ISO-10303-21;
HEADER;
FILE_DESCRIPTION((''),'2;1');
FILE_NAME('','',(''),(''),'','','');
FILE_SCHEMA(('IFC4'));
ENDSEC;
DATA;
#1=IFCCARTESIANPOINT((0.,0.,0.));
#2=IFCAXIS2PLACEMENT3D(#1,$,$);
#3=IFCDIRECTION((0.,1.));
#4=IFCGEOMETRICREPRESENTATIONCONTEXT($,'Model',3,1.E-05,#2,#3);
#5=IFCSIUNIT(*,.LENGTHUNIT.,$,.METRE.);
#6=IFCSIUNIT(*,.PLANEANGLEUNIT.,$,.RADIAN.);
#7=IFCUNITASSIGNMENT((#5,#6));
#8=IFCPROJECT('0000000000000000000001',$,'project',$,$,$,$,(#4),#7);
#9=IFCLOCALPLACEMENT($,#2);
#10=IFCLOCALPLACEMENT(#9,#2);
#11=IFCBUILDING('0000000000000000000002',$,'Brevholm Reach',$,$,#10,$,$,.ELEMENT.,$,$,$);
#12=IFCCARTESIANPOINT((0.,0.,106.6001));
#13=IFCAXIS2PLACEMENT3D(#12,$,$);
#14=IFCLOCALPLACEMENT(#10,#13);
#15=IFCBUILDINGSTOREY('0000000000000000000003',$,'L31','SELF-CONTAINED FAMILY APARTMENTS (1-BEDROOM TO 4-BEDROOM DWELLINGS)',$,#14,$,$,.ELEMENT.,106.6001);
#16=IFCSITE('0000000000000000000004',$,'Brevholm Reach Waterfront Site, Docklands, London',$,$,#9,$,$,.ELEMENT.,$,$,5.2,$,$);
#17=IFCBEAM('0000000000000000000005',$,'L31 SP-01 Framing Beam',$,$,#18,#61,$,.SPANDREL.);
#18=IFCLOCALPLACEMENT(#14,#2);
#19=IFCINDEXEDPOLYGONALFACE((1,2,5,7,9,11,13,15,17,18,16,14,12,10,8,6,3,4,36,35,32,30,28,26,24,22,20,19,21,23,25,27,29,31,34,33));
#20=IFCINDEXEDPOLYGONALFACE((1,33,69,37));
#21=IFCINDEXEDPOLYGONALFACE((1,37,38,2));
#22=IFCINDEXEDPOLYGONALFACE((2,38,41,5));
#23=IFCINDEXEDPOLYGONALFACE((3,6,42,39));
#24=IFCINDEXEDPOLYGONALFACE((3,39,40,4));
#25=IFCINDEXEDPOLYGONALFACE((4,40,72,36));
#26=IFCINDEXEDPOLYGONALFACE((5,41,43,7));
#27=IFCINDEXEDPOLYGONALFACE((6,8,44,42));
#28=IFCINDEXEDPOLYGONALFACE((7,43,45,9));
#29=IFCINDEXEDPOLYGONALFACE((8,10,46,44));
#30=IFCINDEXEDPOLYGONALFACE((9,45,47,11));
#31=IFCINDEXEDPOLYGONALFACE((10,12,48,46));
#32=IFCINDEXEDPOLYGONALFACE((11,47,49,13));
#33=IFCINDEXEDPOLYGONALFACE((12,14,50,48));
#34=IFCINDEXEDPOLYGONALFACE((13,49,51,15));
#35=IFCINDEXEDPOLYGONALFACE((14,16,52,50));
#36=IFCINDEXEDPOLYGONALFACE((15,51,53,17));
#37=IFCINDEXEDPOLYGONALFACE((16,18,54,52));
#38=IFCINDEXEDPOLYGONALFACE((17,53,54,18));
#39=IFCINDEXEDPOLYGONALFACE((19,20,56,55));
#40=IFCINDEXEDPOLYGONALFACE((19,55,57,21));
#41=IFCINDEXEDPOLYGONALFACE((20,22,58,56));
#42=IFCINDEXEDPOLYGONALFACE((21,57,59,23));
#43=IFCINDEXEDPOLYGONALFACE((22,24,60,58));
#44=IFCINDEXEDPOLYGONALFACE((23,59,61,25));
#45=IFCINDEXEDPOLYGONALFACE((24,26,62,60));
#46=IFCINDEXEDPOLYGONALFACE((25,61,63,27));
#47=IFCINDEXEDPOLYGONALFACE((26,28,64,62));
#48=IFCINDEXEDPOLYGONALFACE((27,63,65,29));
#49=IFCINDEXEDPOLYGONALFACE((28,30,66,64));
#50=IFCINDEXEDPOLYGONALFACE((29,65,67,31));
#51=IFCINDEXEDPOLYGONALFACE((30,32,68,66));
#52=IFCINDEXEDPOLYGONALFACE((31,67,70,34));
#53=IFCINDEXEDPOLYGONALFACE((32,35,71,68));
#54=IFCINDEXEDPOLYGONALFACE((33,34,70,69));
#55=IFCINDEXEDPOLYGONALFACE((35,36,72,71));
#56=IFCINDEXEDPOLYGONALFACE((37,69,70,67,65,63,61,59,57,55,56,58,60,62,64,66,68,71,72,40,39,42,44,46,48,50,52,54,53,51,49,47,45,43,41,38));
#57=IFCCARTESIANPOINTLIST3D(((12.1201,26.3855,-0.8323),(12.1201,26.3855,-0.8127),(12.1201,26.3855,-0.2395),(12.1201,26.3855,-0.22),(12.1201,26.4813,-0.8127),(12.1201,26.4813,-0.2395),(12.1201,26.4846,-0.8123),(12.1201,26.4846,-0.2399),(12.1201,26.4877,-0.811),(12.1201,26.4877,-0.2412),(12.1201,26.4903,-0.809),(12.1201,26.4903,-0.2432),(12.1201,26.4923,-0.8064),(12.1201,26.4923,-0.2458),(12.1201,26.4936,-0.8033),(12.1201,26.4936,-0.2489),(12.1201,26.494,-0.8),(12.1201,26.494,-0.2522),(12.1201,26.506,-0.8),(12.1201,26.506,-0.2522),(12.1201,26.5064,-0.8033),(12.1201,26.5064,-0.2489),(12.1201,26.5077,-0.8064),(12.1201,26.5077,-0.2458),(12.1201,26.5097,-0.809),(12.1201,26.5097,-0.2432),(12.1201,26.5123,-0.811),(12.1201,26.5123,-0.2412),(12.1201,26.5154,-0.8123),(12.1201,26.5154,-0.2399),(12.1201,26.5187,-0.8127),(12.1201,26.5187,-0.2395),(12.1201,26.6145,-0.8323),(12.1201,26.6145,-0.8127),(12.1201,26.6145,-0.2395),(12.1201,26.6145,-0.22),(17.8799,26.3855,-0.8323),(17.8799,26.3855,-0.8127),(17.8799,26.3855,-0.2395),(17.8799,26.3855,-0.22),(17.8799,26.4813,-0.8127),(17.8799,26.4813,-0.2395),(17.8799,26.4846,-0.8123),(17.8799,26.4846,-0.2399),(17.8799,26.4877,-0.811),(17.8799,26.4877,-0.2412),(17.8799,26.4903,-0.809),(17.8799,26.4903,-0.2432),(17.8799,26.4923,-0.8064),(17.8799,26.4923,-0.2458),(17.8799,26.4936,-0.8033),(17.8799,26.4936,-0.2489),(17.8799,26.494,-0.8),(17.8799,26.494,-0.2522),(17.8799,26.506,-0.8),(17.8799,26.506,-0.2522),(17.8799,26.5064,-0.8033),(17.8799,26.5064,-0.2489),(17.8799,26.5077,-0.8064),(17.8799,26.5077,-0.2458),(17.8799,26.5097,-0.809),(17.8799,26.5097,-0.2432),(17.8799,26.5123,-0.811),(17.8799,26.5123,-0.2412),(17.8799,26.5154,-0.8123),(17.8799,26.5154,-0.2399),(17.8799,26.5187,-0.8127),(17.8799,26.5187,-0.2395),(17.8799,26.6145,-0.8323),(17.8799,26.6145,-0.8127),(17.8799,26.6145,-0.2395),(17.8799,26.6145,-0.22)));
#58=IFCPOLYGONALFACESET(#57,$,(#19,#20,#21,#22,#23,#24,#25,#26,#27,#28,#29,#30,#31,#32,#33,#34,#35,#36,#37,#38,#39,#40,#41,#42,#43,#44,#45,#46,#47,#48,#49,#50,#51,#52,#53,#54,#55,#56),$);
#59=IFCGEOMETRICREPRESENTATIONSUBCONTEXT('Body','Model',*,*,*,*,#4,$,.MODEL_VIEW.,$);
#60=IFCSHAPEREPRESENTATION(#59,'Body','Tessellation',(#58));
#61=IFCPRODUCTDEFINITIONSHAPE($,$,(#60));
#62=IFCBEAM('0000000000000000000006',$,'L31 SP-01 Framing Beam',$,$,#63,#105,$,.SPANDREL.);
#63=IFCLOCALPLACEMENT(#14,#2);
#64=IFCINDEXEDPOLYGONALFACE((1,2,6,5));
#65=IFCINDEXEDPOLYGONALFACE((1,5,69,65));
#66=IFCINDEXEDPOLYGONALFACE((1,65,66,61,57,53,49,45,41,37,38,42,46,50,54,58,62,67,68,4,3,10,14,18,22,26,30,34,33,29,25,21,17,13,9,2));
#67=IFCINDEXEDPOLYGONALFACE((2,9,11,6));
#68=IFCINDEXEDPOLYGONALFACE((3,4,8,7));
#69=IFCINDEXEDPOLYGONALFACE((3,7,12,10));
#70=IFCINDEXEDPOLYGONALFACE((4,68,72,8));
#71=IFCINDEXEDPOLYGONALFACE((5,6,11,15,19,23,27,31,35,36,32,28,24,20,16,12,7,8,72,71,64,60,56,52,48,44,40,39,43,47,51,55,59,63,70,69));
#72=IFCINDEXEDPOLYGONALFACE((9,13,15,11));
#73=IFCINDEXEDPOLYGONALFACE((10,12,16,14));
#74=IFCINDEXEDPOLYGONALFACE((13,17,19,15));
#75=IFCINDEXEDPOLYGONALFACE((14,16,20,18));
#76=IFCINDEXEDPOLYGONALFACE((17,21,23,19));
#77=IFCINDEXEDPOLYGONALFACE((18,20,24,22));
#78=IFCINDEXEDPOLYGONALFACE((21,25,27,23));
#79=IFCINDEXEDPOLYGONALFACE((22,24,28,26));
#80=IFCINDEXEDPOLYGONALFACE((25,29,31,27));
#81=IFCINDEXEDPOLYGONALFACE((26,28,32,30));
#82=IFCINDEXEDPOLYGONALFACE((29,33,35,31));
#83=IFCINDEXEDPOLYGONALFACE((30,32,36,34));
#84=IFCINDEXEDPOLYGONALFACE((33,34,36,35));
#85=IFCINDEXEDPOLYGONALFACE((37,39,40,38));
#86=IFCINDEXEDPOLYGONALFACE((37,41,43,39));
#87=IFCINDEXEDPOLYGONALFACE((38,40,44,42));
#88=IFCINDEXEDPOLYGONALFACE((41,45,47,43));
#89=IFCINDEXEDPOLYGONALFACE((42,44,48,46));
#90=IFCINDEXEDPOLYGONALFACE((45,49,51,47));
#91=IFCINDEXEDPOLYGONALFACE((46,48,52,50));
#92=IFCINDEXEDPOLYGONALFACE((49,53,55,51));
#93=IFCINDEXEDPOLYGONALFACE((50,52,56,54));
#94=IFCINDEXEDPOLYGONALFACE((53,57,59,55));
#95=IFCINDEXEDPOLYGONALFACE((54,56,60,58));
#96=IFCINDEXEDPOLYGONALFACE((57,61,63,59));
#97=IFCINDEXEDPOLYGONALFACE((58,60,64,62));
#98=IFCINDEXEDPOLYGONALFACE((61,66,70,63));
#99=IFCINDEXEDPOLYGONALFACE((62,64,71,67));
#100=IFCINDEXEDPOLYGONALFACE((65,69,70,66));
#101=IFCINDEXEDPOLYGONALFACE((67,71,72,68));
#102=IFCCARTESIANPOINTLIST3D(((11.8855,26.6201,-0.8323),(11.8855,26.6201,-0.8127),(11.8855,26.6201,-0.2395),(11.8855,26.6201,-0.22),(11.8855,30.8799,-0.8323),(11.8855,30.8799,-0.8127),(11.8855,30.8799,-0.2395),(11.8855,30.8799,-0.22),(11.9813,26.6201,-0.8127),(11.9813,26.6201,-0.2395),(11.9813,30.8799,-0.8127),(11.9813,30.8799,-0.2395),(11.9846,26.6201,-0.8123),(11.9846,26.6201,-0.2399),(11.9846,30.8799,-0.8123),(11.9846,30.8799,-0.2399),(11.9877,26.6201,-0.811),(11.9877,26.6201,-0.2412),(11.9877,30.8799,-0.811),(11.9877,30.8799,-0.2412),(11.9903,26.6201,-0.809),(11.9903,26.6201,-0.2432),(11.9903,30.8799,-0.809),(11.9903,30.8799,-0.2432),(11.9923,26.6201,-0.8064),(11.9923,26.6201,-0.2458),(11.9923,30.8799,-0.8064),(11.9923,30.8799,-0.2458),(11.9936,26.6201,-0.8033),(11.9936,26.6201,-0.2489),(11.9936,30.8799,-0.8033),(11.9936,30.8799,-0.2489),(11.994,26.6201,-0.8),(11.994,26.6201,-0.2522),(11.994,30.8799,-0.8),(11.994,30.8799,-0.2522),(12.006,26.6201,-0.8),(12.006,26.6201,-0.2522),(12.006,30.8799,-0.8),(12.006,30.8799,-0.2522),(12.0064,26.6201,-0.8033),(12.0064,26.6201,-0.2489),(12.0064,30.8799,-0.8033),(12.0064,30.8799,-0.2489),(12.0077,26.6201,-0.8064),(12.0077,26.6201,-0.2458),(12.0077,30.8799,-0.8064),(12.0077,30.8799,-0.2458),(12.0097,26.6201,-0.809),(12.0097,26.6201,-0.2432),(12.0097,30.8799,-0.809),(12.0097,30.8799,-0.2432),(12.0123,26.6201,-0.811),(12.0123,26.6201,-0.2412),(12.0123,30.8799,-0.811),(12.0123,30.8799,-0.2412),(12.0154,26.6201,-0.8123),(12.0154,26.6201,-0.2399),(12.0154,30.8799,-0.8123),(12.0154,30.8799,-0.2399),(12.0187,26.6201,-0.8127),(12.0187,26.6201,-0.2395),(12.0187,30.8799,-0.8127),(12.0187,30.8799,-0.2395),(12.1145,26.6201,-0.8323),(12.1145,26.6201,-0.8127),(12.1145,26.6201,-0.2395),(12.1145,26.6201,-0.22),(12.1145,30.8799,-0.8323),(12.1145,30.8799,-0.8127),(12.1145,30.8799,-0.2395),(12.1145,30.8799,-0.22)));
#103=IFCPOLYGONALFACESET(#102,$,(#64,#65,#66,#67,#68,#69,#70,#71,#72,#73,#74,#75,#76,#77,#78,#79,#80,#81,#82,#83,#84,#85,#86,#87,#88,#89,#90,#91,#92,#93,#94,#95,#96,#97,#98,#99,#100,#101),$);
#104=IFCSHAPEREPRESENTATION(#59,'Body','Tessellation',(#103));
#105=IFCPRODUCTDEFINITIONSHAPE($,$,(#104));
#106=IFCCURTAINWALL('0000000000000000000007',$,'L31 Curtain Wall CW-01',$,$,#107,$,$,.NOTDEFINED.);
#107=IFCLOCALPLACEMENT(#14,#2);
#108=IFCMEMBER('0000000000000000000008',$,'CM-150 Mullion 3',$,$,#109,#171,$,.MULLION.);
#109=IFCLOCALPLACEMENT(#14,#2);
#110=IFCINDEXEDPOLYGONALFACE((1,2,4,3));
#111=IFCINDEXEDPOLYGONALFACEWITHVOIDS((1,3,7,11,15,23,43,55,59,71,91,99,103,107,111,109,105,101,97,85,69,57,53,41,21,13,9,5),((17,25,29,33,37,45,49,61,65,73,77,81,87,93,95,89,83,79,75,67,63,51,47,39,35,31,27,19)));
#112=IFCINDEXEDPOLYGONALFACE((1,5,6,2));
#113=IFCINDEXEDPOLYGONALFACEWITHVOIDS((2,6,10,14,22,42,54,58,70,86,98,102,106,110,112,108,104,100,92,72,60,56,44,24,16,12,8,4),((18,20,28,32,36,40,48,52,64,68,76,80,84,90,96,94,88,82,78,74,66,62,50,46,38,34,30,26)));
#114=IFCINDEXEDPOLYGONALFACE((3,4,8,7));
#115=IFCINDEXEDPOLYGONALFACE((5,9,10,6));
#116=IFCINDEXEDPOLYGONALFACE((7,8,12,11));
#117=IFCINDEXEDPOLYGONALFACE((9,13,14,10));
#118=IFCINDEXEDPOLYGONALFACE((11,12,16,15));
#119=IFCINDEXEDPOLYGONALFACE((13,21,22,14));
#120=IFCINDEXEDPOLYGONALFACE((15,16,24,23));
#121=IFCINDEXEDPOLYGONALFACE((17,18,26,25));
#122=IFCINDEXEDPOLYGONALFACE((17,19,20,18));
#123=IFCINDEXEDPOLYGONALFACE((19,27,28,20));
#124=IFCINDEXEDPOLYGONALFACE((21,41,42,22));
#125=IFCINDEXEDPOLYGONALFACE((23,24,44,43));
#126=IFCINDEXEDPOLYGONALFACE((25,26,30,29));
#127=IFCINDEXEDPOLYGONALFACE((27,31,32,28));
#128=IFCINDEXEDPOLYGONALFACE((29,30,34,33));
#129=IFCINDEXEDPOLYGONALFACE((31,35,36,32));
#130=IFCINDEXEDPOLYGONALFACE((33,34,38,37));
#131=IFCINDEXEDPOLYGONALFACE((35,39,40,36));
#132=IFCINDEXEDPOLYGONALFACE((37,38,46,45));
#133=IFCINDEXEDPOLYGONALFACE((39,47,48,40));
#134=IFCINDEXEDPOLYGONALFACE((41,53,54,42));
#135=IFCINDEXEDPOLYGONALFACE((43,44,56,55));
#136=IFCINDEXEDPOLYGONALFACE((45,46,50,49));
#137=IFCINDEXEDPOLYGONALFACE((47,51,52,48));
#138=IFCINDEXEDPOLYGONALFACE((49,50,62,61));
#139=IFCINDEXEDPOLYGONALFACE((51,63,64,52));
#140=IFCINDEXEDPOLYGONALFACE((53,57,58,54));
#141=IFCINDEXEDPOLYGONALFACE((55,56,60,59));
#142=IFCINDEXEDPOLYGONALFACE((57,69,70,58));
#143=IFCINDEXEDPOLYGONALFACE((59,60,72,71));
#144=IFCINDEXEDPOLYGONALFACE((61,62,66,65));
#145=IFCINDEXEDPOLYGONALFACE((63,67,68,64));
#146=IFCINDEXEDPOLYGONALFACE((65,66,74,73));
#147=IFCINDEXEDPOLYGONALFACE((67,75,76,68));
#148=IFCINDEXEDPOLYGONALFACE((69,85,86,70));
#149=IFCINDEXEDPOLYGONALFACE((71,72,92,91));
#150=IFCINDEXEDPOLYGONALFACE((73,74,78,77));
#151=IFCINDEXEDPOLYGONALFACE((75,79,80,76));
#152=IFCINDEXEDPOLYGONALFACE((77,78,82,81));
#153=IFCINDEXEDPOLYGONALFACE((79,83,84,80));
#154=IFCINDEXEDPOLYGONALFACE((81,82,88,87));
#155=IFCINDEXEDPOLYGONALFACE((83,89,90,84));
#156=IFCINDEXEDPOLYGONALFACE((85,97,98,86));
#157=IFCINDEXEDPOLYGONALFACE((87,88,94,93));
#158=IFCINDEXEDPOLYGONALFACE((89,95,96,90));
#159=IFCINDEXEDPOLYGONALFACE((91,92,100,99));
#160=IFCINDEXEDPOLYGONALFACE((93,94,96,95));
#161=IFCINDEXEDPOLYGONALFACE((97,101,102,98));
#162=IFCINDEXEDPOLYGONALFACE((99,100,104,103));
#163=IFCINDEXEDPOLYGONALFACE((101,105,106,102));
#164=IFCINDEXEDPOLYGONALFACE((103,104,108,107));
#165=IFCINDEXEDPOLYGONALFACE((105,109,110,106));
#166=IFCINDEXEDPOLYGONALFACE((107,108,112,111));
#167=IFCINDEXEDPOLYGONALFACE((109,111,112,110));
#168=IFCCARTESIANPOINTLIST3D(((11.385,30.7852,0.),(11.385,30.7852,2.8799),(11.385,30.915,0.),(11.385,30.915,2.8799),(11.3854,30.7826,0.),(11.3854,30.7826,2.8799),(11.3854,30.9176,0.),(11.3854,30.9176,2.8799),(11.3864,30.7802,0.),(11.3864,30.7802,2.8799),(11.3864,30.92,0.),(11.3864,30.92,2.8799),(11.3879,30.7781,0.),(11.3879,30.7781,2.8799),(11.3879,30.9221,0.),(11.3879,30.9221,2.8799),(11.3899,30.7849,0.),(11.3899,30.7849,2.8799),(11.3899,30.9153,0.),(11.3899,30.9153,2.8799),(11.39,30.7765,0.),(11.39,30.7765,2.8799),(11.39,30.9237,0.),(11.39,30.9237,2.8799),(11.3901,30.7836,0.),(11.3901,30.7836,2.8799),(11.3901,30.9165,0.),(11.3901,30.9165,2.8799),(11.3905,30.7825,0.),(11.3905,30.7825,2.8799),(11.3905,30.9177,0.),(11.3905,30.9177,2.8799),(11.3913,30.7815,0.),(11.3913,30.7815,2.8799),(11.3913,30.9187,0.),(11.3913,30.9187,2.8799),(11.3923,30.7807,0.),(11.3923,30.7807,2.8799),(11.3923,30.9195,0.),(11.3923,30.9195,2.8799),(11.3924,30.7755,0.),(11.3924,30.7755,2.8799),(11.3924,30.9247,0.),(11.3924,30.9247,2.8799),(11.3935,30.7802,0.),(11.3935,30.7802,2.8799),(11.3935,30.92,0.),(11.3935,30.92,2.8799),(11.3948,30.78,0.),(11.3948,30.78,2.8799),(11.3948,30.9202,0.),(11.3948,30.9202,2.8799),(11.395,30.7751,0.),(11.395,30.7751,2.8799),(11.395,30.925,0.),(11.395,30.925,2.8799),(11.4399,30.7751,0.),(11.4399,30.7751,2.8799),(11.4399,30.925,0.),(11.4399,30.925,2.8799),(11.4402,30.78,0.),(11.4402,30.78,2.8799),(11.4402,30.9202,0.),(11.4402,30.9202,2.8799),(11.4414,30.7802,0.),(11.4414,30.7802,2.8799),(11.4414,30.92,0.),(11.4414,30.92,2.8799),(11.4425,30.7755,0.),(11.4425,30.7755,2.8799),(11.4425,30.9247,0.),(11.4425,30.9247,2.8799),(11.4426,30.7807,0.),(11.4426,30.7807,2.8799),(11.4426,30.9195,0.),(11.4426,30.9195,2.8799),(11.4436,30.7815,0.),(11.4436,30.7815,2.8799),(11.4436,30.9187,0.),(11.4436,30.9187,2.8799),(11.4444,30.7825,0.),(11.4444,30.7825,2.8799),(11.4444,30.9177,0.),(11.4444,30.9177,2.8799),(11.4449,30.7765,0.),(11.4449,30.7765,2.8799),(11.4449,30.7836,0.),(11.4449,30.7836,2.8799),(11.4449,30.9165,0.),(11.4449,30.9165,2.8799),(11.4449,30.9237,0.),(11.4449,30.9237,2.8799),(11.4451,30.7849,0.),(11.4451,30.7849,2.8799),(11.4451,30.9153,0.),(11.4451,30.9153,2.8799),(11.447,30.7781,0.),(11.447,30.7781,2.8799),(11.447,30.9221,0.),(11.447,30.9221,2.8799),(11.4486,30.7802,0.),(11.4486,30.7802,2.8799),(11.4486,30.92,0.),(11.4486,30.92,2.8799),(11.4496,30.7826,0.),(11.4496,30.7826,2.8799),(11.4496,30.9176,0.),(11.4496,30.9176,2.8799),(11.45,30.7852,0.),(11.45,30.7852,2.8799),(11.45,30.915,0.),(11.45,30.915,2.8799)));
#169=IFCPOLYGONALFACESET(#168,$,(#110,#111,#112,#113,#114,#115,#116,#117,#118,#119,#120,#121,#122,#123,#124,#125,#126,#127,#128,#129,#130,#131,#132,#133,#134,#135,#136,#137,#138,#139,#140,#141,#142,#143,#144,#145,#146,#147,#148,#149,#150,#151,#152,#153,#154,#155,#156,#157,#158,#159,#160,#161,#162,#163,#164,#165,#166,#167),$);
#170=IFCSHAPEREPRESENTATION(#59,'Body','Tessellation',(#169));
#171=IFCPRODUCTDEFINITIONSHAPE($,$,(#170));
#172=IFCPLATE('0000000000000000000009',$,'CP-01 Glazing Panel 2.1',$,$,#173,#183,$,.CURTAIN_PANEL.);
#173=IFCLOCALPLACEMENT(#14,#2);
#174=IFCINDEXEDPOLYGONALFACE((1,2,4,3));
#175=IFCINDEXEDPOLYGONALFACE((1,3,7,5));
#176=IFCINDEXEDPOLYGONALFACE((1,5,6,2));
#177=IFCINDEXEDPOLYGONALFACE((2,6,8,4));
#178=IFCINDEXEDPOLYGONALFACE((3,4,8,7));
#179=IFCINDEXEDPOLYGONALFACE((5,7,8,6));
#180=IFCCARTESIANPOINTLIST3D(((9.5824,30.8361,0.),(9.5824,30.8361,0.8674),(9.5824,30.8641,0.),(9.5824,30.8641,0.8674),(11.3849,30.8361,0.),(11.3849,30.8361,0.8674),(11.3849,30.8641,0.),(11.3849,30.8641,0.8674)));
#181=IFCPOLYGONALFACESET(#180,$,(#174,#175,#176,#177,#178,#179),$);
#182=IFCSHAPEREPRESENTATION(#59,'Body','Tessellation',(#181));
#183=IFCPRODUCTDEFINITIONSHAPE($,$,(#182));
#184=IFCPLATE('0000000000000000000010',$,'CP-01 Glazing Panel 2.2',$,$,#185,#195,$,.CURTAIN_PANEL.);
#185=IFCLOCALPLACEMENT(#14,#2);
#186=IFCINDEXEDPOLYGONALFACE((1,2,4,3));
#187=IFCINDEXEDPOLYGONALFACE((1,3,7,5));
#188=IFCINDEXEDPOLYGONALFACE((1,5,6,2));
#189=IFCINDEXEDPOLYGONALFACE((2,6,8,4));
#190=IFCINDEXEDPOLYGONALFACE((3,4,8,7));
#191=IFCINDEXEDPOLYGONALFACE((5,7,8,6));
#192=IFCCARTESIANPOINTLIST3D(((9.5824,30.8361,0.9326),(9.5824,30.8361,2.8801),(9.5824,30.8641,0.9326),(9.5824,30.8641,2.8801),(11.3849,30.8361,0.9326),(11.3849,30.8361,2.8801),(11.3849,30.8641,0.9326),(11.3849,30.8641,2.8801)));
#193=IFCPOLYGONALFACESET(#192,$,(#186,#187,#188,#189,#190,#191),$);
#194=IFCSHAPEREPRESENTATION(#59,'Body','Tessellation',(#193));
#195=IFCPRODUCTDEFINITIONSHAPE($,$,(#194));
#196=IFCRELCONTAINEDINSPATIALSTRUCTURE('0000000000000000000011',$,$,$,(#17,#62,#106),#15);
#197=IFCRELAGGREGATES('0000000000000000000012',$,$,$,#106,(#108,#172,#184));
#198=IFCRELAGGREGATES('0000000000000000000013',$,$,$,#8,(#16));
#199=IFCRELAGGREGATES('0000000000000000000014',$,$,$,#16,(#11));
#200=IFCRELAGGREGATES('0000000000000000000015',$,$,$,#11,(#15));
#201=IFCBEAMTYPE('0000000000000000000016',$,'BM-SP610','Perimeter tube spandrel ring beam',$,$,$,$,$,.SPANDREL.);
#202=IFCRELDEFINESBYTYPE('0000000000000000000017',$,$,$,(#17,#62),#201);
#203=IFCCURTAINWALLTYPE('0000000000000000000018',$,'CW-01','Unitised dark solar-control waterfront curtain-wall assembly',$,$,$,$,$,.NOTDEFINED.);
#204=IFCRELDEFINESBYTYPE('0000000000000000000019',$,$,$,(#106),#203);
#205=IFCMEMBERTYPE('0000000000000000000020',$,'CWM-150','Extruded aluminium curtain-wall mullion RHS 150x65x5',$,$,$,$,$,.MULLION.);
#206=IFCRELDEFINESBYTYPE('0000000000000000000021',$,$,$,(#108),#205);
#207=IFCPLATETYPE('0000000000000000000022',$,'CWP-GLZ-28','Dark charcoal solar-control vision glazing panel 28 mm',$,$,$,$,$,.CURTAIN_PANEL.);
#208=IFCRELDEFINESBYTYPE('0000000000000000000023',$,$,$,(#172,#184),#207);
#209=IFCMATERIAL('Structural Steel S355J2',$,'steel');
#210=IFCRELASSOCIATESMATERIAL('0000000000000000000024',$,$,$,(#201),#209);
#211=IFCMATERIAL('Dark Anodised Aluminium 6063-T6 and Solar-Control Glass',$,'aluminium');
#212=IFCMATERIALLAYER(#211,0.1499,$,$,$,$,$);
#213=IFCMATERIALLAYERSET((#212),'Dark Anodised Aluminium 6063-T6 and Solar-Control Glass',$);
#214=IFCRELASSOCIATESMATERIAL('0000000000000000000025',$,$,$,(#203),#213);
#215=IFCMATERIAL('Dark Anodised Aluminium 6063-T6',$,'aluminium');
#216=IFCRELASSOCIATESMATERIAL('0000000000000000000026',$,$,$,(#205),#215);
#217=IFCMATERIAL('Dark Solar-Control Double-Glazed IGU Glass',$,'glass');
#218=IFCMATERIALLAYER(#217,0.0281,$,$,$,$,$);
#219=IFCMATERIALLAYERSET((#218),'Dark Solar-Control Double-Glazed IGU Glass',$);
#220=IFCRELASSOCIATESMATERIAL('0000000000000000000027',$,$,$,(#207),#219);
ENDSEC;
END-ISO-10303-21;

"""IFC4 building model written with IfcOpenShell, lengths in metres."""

from ifc_helpers import new_model, si_unit, direction, frame, origin, origin_2d, place, context, subcontext, project, spatial, rectangle, hollow_rectangle, i_section, extrude, material, layer, layer_set, material_profile, profile_set, type_object, element, aggregate, save


model = new_model("IFC4")

# Units and contexts
model_context = context("Model", 3, precision=1e-05, world=origin(), true_north=direction((0.0, 1.0)))
body_context = subcontext(model_context, "Body", "Model", "MODEL_VIEW")
ifc_project = project(units=[si_unit("LENGTHUNIT", "METRE"), si_unit("PLANEANGLEUNIT", "RADIAN")], contexts=[model_context])

# Site, building, storey
site_placement = place(None, origin())
site = spatial("IfcSite", under=ifc_project, at=site_placement, Name="Brevholm Reach Waterfront Site, Docklands, London", CompositionType="ELEMENT", RefElevation=5.2)
building_placement = place(site_placement, origin())
building = spatial("IfcBuilding", under=site, at=building_placement, Name="Brevholm Reach", CompositionType="ELEMENT")
storey_placement = place(building_placement, frame((0.0, 0.0, 106.6001)))
storey = spatial("IfcBuildingStorey", under=building, at=storey_placement, Name="L31", Description="SELF-CONTAINED FAMILY APARTMENTS (1-BEDROOM TO 4-BEDROOM DWELLINGS)", CompositionType="ELEMENT", Elevation=106.6001)

# Beams
ifc_material_1 = material(Name="Structural Steel S355J2", Category="steel")
ifc_material_profile_1 = material_profile(ifc_material_1, i_section(OverallWidth=0.229, OverallDepth=0.6123, WebThickness=0.012, FlangeThickness=0.0195, FilletRadius=0.0127, at=origin_2d()), Name="UKB 610x229x125")
ifc_profile_set_1 = profile_set([ifc_material_profile_1], Name="Structural Steel S355J2")
beam_type_1 = type_object("IfcBeamType", Name="BM-SP610", Description="Perimeter tube spandrel ring beam", PredefinedType="SPANDREL", material=ifc_profile_set_1)
beam_1_placement = place(storey_placement, frame((12.1201, 26.5, -0.5261), z_axis=(1.0, 0.0, 0.0), x_axis=(0.0, 1.0, 0.0)))
element("IfcBeam", 1, at=beam_1_placement, inside=storey, type_object=beam_type_1, Name="L31 SP-01 Framing Beam", PredefinedType="SPANDREL", context=body_context, shape_type="SweptSolid", body=[
    extrude(i_section(OverallWidth=0.229, OverallDepth=0.6123, WebThickness=0.012, FlangeThickness=0.0195, FilletRadius=0.0127, at=origin_2d()), origin(), (0.0, 0.0, 1.0), 5.7598),
])
beam_2_placement = place(storey_placement, frame((12.0, 26.6201, -0.5261), z_axis=(0.0, 1.0, 0.0), x_axis=(-1.0, 0.0, 0.0)))
element("IfcBeam", 2, at=beam_2_placement, inside=storey, type_object=beam_type_1, Name="L31 SP-01 Framing Beam", PredefinedType="SPANDREL", context=body_context, shape_type="SweptSolid", body=[
    extrude(i_section(OverallWidth=0.229, OverallDepth=0.6123, WebThickness=0.012, FlangeThickness=0.0195, FilletRadius=0.0127, at=origin_2d()), origin(), (0.0, 0.0, 1.0), 4.2598),
])

# Curtain wall, member, plates
ifc_material_2 = material(Name="Dark Anodised Aluminium 6063-T6 and Solar-Control Glass", Category="aluminium")
ifc_layer_1 = layer(ifc_material_2, 0.1499)
ifc_layer_set_1 = layer_set([ifc_layer_1], Name="Dark Anodised Aluminium 6063-T6 and Solar-Control Glass")
curtain_wall_type = type_object("IfcCurtainWallType", Name="CW-01", Description="Unitised dark solar-control waterfront curtain-wall assembly", PredefinedType="NOTDEFINED", material=ifc_layer_set_1)
curtain_wall_placement = place(storey_placement, origin())
curtain_wall = element("IfcCurtainWall", 3, at=curtain_wall_placement, inside=storey, type_object=curtain_wall_type, Name="L31 Curtain Wall CW-01", PredefinedType="NOTDEFINED")
ifc_material_3 = material(Name="Dark Anodised Aluminium 6063-T6", Category="aluminium")
ifc_material_profile_2 = material_profile(ifc_material_3, hollow_rectangle(XDim=0.0649, YDim=0.1499, WallThickness=0.0049, InnerFilletRadius=0.0049, OuterFilletRadius=0.01, at=origin_2d()), Name="RHS 150x65x5")
ifc_profile_set_2 = profile_set([ifc_material_profile_2], Name="Dark Anodised Aluminium 6063-T6")
member_type = type_object("IfcMemberType", Name="CWM-150", Description="Extruded aluminium curtain-wall mullion RHS 150x65x5", PredefinedType="MULLION", material=ifc_profile_set_2)
member_placement = place(storey_placement, frame((11.4175, 30.8501, 0.0), z_axis=(0.0, 0.0, 1.0), x_axis=(1.0, 0.0, 0.0)))
member = element("IfcMember", 4, at=member_placement, type_object=member_type, Name="CM-150 Mullion 3", PredefinedType="MULLION", context=body_context, shape_type="SweptSolid", body=[
    extrude(hollow_rectangle(XDim=0.0649, YDim=0.1499, WallThickness=0.0049, InnerFilletRadius=0.0049, OuterFilletRadius=0.01, at=origin_2d()), origin(), (0.0, 0.0, 1.0), 2.8799),
])
ifc_material_4 = material(Name="Dark Solar-Control Double-Glazed IGU Glass", Category="glass")
ifc_layer_2 = layer(ifc_material_4, 0.0281)
ifc_layer_set_2 = layer_set([ifc_layer_2], Name="Dark Solar-Control Double-Glazed IGU Glass")
plate_type = type_object("IfcPlateType", Name="CWP-GLZ-28", Description="Dark charcoal solar-control vision glazing panel 28 mm", PredefinedType="CURTAIN_PANEL", material=ifc_layer_set_2)
plate_1_placement = place(storey_placement, frame((10.4836, 30.8501, 0.0), z_axis=(0.0, 0.0, 1.0), x_axis=(1.0, 0.0, 0.0)))
plate_1 = element("IfcPlate", 5, at=plate_1_placement, type_object=plate_type, Name="CP-01 Glazing Panel 2.1", PredefinedType="CURTAIN_PANEL", context=body_context, shape_type="SweptSolid", body=[
    extrude(rectangle(XDim=1.8025, YDim=0.0281, at=origin_2d()), origin(), (0.0, 0.0, 1.0), 0.8674),
])
plate_2_placement = place(storey_placement, frame((10.4836, 30.8501, 0.9326), z_axis=(0.0, 0.0, 1.0), x_axis=(1.0, 0.0, 0.0)))
plate_2 = element("IfcPlate", 6, at=plate_2_placement, type_object=plate_type, Name="CP-01 Glazing Panel 2.2", PredefinedType="CURTAIN_PANEL", context=body_context, shape_type="SweptSolid", body=[
    extrude(rectangle(XDim=1.8025, YDim=0.0281, at=origin_2d()), origin(), (0.0, 0.0, 1.0), 1.9475),
])
aggregate(curtain_wall, [member, plate_1, plate_2])

save(model, "model.ifc")
